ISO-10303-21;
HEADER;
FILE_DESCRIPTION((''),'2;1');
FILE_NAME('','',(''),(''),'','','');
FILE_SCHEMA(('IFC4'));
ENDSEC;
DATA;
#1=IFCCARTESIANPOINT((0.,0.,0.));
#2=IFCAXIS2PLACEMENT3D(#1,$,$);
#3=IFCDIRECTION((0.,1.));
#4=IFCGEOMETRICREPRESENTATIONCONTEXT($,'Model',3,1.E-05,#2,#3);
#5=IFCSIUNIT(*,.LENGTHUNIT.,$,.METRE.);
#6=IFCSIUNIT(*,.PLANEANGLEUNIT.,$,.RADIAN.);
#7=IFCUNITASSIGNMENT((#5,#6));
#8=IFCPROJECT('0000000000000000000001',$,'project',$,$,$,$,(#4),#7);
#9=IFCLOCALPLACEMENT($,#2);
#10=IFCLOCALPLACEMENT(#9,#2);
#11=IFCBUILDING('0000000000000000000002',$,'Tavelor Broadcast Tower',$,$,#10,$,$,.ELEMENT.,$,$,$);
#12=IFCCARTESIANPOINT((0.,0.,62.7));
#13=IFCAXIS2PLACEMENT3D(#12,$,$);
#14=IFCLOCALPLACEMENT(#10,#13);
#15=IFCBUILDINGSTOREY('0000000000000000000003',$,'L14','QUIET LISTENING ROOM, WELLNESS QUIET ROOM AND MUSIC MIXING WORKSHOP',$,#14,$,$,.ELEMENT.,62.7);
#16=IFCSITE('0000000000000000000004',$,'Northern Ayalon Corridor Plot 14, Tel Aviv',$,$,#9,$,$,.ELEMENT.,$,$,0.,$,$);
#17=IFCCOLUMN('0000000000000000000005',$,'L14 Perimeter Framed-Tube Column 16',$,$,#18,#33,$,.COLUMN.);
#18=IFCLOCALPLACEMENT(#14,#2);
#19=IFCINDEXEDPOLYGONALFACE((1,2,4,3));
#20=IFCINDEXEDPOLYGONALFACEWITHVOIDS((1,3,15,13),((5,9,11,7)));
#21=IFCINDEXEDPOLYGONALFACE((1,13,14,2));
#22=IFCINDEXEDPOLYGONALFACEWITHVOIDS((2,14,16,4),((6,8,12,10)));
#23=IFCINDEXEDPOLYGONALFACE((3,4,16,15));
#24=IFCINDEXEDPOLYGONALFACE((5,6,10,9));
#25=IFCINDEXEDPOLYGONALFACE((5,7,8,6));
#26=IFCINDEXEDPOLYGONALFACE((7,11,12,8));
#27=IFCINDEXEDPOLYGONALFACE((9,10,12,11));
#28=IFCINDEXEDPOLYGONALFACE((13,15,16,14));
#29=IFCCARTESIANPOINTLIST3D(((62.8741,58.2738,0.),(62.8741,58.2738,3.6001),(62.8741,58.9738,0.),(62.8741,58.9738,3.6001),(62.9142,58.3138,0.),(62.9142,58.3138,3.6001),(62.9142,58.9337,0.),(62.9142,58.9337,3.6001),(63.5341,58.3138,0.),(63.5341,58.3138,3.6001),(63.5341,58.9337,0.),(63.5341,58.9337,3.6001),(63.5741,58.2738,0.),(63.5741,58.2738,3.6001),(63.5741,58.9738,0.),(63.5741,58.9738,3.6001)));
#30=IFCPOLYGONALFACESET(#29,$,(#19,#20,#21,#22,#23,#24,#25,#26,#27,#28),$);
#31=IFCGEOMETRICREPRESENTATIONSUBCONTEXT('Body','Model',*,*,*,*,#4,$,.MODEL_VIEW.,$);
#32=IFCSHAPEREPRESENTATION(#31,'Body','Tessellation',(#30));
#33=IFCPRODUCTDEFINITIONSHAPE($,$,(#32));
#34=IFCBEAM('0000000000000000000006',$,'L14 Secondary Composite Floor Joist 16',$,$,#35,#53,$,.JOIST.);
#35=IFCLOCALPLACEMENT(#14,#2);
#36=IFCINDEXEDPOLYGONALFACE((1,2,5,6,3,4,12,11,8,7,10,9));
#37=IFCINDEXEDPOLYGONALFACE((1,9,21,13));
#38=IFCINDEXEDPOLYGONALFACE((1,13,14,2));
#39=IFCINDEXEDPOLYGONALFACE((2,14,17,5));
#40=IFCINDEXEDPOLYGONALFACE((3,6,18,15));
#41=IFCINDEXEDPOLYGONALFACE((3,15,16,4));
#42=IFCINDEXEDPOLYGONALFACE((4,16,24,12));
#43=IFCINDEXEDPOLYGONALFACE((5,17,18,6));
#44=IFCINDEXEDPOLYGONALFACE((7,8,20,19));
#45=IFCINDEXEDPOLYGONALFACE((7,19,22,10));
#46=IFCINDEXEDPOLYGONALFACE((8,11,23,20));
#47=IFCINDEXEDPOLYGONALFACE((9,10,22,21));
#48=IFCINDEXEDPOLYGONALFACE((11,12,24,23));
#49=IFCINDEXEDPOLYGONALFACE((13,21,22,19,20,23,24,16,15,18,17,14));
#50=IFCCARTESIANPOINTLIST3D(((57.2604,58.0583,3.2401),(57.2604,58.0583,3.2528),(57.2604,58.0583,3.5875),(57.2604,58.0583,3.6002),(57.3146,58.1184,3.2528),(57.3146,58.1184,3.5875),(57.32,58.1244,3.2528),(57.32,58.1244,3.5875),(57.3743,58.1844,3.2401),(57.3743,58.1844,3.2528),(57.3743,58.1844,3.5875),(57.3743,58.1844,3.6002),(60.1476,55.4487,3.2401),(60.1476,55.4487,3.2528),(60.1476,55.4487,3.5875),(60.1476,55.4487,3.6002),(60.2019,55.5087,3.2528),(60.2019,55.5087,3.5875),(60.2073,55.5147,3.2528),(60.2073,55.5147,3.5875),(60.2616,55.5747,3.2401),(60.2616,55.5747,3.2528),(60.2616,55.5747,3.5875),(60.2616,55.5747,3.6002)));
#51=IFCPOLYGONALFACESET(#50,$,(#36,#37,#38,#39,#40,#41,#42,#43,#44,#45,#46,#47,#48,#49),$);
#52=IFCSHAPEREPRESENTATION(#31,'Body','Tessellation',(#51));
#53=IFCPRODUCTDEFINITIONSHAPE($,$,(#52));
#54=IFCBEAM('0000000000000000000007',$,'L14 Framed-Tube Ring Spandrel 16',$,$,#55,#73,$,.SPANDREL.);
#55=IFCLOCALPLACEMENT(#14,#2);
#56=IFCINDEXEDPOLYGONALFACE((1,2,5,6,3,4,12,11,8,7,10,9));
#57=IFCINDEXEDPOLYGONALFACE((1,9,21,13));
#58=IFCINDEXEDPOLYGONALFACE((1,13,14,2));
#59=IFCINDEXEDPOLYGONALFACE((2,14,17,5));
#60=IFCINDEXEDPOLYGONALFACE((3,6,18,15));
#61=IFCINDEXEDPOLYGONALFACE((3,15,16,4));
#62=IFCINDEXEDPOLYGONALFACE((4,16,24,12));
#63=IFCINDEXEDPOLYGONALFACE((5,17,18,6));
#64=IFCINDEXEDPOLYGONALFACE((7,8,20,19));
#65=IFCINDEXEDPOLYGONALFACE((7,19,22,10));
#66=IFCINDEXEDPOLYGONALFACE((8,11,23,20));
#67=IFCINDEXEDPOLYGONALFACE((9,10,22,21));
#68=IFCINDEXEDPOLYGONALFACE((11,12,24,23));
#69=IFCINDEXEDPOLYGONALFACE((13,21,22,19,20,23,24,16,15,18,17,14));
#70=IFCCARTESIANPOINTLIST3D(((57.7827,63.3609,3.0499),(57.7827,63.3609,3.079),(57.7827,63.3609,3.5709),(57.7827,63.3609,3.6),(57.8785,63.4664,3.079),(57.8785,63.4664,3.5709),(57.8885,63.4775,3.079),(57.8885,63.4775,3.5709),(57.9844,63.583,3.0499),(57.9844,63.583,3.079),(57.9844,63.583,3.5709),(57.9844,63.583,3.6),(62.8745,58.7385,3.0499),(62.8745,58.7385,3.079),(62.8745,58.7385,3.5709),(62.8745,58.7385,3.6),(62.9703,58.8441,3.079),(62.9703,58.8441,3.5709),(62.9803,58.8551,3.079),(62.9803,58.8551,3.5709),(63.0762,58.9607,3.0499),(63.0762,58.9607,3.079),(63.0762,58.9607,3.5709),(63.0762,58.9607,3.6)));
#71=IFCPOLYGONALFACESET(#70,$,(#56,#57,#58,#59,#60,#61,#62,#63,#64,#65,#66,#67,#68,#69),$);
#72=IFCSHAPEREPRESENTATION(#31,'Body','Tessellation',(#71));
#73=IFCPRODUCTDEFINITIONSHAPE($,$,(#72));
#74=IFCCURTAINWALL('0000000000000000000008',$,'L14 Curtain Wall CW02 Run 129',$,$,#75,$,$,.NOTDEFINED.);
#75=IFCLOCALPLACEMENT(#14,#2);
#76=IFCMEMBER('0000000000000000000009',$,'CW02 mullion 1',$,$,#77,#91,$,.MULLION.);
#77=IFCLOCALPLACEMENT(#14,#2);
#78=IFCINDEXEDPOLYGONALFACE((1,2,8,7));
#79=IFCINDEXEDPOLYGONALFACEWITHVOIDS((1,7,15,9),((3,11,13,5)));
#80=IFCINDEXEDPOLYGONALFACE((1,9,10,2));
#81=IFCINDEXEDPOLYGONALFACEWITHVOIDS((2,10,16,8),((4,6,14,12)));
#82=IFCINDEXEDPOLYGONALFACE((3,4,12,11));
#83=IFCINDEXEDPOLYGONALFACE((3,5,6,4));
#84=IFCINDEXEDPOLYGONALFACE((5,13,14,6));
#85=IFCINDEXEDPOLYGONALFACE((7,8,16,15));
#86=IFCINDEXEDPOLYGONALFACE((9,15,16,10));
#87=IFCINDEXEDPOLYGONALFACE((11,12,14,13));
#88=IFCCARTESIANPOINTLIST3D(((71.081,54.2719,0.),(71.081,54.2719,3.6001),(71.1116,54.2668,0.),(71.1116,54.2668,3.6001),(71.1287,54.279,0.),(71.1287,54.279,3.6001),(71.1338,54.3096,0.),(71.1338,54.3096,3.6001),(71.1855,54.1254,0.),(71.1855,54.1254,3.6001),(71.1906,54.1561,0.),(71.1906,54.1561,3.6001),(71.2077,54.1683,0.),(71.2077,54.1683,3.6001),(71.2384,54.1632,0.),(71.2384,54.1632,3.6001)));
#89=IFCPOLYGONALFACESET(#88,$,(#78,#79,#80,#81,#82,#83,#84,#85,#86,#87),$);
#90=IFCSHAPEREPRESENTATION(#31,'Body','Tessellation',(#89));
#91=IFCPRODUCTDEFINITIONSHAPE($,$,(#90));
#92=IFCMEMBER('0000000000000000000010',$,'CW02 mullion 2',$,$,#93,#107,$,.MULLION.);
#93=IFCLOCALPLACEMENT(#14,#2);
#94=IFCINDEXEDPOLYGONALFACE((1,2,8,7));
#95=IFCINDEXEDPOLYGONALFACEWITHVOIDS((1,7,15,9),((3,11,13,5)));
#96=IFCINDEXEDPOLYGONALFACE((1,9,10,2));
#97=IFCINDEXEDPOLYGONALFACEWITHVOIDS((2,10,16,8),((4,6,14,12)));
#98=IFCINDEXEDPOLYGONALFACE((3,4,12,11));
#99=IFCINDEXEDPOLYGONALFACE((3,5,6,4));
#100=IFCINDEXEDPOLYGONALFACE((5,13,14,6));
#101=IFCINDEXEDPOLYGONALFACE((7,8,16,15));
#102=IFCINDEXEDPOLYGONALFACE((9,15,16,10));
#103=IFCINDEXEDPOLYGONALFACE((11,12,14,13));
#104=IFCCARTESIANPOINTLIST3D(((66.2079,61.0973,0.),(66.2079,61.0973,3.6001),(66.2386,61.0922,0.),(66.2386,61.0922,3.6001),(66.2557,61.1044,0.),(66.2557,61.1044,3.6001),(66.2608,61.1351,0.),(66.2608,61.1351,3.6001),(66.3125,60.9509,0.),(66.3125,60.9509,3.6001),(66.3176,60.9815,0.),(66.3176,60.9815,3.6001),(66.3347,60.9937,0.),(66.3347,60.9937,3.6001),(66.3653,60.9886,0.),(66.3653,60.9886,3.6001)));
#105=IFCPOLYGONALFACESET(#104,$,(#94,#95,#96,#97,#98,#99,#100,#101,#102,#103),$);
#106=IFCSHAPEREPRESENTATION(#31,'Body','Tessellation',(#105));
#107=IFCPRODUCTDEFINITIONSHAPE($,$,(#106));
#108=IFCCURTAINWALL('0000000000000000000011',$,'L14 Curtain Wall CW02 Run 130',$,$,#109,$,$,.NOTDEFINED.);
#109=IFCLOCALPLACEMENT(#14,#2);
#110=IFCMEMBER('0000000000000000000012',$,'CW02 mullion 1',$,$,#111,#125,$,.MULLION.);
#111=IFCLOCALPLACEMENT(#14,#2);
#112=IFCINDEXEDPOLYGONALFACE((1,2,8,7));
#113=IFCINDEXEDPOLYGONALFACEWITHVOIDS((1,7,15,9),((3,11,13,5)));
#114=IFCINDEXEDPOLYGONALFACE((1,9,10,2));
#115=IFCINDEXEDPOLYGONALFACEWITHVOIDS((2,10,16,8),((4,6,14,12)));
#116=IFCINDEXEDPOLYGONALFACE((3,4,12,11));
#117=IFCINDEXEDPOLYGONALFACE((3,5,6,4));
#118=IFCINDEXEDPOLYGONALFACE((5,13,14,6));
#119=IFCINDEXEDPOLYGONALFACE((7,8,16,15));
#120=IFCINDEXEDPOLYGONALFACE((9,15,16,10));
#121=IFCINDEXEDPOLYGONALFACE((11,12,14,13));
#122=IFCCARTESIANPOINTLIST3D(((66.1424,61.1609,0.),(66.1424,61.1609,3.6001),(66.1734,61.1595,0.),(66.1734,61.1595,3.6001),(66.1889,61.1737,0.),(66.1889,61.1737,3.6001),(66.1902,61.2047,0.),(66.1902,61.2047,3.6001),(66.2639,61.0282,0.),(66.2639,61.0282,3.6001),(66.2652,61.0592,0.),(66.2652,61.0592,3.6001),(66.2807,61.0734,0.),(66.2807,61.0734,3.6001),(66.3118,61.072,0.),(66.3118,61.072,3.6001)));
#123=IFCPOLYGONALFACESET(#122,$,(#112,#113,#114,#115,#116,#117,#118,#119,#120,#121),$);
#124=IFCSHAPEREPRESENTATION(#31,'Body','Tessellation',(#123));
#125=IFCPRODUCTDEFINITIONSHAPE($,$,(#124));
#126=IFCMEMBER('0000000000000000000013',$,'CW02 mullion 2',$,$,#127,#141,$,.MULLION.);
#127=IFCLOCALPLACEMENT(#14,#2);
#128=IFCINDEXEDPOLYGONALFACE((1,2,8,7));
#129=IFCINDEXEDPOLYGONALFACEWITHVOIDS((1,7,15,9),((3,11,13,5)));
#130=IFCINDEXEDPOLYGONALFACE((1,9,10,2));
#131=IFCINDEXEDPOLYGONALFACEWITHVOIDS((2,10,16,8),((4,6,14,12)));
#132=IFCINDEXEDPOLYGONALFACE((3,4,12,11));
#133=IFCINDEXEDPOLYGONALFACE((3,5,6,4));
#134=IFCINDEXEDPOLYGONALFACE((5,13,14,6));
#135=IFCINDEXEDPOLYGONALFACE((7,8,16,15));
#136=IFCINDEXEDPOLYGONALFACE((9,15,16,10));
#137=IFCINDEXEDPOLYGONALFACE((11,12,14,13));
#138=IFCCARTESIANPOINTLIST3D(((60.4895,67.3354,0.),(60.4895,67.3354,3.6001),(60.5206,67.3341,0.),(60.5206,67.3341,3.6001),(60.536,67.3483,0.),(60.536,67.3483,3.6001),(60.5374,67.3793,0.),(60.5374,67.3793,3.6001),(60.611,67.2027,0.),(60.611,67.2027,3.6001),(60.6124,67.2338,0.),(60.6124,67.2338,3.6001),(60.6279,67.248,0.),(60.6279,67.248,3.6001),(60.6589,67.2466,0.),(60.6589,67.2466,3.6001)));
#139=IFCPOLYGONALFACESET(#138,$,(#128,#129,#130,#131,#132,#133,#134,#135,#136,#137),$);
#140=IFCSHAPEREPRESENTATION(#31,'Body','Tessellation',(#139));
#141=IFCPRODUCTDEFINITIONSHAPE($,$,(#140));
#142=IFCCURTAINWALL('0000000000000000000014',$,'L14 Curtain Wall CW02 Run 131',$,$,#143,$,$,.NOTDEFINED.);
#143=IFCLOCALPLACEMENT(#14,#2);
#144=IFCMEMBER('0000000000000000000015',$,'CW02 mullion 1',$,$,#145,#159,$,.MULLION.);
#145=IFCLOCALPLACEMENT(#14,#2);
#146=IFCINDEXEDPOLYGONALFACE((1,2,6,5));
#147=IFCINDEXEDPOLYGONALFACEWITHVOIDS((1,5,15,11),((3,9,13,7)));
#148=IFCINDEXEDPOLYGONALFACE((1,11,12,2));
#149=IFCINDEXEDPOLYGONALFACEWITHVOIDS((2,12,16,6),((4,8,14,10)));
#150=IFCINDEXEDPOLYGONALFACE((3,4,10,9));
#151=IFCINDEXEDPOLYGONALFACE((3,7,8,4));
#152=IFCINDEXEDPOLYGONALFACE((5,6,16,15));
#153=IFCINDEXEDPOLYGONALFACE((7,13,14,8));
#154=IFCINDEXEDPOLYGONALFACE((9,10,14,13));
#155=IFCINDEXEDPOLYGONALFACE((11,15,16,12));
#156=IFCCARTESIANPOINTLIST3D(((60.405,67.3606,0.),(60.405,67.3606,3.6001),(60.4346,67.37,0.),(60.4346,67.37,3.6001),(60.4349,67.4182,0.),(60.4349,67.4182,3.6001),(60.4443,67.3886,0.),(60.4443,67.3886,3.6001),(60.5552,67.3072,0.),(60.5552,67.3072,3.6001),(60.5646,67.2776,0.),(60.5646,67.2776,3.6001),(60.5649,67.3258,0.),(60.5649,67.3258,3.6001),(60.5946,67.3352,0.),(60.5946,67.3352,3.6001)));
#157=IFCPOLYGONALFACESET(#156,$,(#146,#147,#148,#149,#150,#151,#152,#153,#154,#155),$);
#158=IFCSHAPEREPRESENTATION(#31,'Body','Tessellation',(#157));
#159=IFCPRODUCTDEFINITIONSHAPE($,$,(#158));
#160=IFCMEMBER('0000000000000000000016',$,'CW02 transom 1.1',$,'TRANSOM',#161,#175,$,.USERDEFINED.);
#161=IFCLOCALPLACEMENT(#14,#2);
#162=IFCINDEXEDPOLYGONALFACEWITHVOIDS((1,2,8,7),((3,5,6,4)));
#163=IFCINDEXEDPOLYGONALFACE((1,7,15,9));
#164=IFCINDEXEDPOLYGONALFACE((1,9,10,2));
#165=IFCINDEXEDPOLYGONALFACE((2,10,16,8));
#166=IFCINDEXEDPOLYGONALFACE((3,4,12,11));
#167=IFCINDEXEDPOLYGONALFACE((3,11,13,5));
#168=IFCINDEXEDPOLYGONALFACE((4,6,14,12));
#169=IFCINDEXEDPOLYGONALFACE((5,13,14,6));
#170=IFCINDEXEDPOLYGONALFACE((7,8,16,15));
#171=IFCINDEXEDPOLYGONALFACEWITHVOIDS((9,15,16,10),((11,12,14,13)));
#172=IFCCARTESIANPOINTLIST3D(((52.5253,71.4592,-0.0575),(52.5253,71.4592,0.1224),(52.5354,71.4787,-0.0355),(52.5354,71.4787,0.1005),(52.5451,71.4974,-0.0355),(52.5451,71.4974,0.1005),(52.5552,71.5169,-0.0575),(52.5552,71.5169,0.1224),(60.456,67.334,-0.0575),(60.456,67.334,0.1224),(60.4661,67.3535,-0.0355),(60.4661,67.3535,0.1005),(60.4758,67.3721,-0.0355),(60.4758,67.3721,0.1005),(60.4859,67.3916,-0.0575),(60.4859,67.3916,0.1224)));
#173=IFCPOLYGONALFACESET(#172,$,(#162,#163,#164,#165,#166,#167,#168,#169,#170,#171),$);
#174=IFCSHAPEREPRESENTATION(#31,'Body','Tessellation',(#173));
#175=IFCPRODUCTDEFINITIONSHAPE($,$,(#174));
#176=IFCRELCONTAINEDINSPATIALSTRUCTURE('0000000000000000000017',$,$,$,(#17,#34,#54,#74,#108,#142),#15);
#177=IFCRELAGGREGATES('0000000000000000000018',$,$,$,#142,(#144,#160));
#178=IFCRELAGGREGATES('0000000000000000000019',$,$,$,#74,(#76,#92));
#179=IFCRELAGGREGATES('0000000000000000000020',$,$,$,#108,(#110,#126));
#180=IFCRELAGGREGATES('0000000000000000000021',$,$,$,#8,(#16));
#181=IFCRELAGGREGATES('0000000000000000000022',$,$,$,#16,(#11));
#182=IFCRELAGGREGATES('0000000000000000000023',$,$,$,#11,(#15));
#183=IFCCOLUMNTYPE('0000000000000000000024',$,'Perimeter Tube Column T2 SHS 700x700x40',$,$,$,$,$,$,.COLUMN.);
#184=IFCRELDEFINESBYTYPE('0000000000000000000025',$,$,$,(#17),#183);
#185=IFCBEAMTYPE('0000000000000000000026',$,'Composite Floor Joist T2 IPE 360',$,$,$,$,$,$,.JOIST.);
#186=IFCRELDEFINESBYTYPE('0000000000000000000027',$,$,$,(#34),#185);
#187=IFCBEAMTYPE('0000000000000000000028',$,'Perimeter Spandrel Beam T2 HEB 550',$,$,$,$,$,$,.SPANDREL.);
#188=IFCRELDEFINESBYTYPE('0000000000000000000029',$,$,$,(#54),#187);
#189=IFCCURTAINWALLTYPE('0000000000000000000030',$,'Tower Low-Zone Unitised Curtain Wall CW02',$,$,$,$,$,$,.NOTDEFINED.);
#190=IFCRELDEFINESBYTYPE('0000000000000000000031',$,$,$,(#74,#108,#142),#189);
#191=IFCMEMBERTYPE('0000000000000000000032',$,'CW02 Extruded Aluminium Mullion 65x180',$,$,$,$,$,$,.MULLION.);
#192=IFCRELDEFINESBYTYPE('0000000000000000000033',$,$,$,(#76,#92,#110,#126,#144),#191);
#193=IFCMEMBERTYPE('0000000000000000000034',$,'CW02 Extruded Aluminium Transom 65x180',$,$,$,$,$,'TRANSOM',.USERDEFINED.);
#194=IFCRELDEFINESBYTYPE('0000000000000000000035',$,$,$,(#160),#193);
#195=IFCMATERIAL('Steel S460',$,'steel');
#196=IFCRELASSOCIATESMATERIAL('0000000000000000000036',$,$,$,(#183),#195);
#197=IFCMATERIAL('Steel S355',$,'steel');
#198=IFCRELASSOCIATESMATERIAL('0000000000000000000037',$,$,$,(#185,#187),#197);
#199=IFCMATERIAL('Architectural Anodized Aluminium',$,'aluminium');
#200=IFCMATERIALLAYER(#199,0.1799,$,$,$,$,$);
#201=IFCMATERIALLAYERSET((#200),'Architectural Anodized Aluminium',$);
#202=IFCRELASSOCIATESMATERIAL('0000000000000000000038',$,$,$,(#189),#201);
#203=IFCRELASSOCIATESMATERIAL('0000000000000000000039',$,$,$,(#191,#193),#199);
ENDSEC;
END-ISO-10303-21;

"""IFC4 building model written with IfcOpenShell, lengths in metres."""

from ifc_helpers import new_model, si_unit, direction, frame, origin, origin_2d, place, context, subcontext, project, spatial, hollow_rectangle, i_section, extrude, source, transform, mapped, material, layer, layer_set, material_profile, profile_set, type_object, type_shapes, element, aggregate, save


model = new_model("IFC4")

# Units and contexts
model_context = context("Model", 3, precision=1e-05, world=origin(), true_north=direction((0.0, 1.0)))
body_context = subcontext(model_context, "Body", "Model", "MODEL_VIEW")
ifc_project = project(units=[si_unit("LENGTHUNIT", "METRE"), si_unit("PLANEANGLEUNIT", "RADIAN")], contexts=[model_context])

# Site, building, storey
site_placement = place(None, origin())
site = spatial("IfcSite", under=ifc_project, at=site_placement, Name="Northern Ayalon Corridor Plot 14, Tel Aviv", CompositionType="ELEMENT", RefElevation=0.0)
building_placement = place(site_placement, origin())
building = spatial("IfcBuilding", under=site, at=building_placement, Name="Tavelor Broadcast Tower", CompositionType="ELEMENT")
storey_placement = place(building_placement, frame((0.0, 0.0, 62.7)))
storey = spatial("IfcBuildingStorey", under=building, at=storey_placement, Name="L14", Description="QUIET LISTENING ROOM, WELLNESS QUIET ROOM AND MUSIC MIXING WORKSHOP", CompositionType="ELEMENT", Elevation=62.7)

# Column
ifc_material_1 = material(Name="Steel S460", Category="steel")
ifc_material_profile_1 = material_profile(ifc_material_1, hollow_rectangle(XDim=0.7, YDim=0.7, WallThickness=0.04, at=origin_2d()), Name="SHS 700x700x40")
ifc_profile_set_1 = profile_set([ifc_material_profile_1], Name="Steel S460")
column_type = type_object("IfcColumnType", Name="Perimeter Tube Column T2 SHS 700x700x40", PredefinedType="COLUMN", material=ifc_profile_set_1)
column_placement = place(storey_placement, frame((63.2241, 58.6238, 0.0), z_axis=(0.0, 0.0, 1.0), x_axis=(1.0, 0.0, 0.0)))
element("IfcColumn", 1, at=column_placement, inside=storey, type_object=column_type, Name="L14 Perimeter Framed-Tube Column 16", PredefinedType="COLUMN", context=body_context, shape_type="SweptSolid", body=[
    extrude(hollow_rectangle(XDim=0.7, YDim=0.7, WallThickness=0.04, at=origin_2d()), origin(), (0.0, 0.0, 1.0), 3.6001),
])

# Beams
ifc_material_2 = material(Name="Steel S355", Category="steel")
ifc_material_profile_2 = material_profile(ifc_material_2, i_section(OverallWidth=0.1699, OverallDepth=0.3601, WebThickness=0.0081, FlangeThickness=0.0127, at=origin_2d()), Name="IPE 360")
ifc_profile_set_2 = profile_set([ifc_material_profile_2], Name="Steel S355")
beam_type_1 = type_object("IfcBeamType", Name="Composite Floor Joist T2 IPE 360", PredefinedType="JOIST", material=ifc_profile_set_2)
beam_1_placement = place(storey_placement, frame((60.2046, 55.5117, 3.4202), z_axis=(-0.74187, 0.670544, 0.0), x_axis=(-0.670544, -0.74187, 0.0)))
element("IfcBeam", 2, at=beam_1_placement, inside=storey, type_object=beam_type_1, Name="L14 Secondary Composite Floor Joist 16", PredefinedType="JOIST", context=body_context, shape_type="SweptSolid", body=[
    extrude(i_section(OverallWidth=0.1699, OverallDepth=0.3601, WebThickness=0.0081, FlangeThickness=0.0127, at=origin_2d()), origin(), (0.0, 0.0, 1.0), 3.8918),
])
ifc_material_profile_3 = material_profile(ifc_material_2, i_section(OverallWidth=0.3, OverallDepth=0.55, WebThickness=0.0149, FlangeThickness=0.0291, at=origin_2d()), Name="HEB 550")
ifc_profile_set_3 = profile_set([ifc_material_profile_3], Name="Steel S355")
beam_type_2 = type_object("IfcBeamType", Name="Perimeter Spandrel Beam T2 HEB 550", PredefinedType="SPANDREL", material=ifc_profile_set_3)
beam_2_placement = place(storey_placement, frame((62.9753, 58.8496, 3.325), z_axis=(-0.740417, 0.672148, 0.0), x_axis=(-0.672148, -0.740417, 0.0)))
element("IfcBeam", 3, at=beam_2_placement, inside=storey, type_object=beam_type_2, Name="L14 Framed-Tube Ring Spandrel 16", PredefinedType="SPANDREL", context=body_context, shape_type="SweptSolid", body=[
    extrude(i_section(OverallWidth=0.3, OverallDepth=0.55, WebThickness=0.0149, FlangeThickness=0.0291, at=origin_2d()), origin(), (0.0, 0.0, 1.0), 6.877),
])

# Curtain walls, members
ifc_material_3 = material(Name="Architectural Anodized Aluminium", Category="aluminium")
ifc_layer_1 = layer(ifc_material_3, 0.1799)
ifc_layer_set_1 = layer_set([ifc_layer_1], Name="Architectural Anodized Aluminium")
curtain_wall_type = type_object("IfcCurtainWallType", Name="Tower Low-Zone Unitised Curtain Wall CW02", PredefinedType="NOTDEFINED", material=ifc_layer_set_1)
curtain_wall_1_placement = place(storey_placement, origin())
curtain_wall_1 = element("IfcCurtainWall", 4, at=curtain_wall_1_placement, inside=storey, type_object=curtain_wall_type, Name="L14 Curtain Wall CW02 Run 129", PredefinedType="NOTDEFINED")
ifc_material_profile_4 = material_profile(ifc_material_3, hollow_rectangle(XDim=0.0649, YDim=0.1799, WallThickness=0.022, at=origin_2d()), Name="RHS 65x180x22")
ifc_profile_set_4 = profile_set([ifc_material_profile_4], Name="Architectural Anodized Aluminium")
member_type_1 = type_object("IfcMemberType", Name="CW02 Extruded Aluminium Mullion 65x180", PredefinedType="MULLION", material=ifc_profile_set_4)
shared_shape_1 = source(origin(), body_context, "Body", "SweptSolid", [
    extrude(hollow_rectangle(XDim=0.0649, YDim=0.1799, WallThickness=0.022, at=origin_2d()), origin(), (0.0, 0.0, 1.0), 3.6001),
])
type_shapes(member_type_1, [shared_shape_1])
member_1_placement = place(storey_placement, frame((71.1597, 54.2175, 0.0), z_axis=(0.0, 0.0, 1.0), x_axis=(-0.813858, -0.581064, 0.0)))
member_1 = element("IfcMember", 5, at=member_1_placement, type_object=member_type_1, Name="CW02 mullion 1", PredefinedType="MULLION", context=body_context, shape_type="MappedRepresentation", body=[
    mapped(shared_shape_1, transform((0.0, 0.0, 0.0), scale=1.0)),
])
member_2_placement = place(storey_placement, frame((66.2866, 61.043, 0.0), z_axis=(0.0, 0.0, 1.0), x_axis=(-0.813858, -0.581064, 0.0)))
member_2 = element("IfcMember", 6, at=member_2_placement, type_object=member_type_1, Name="CW02 mullion 2", PredefinedType="MULLION", context=body_context, shape_type="MappedRepresentation", body=[
    mapped(shared_shape_1, transform((0.0, 0.0, 0.0), scale=1.0)),
])
curtain_wall_2_placement = place(storey_placement, origin())
curtain_wall_2 = element("IfcCurtainWall", 7, at=curtain_wall_2_placement, inside=storey, type_object=curtain_wall_type, Name="L14 Curtain Wall CW02 Run 130", PredefinedType="NOTDEFINED")
member_3_placement = place(storey_placement, frame((66.2271, 61.1165, 0.0), z_axis=(0.0, 0.0, 1.0), x_axis=(-0.737571, -0.675269, 0.0)))
member_3 = element("IfcMember", 8, at=member_3_placement, type_object=member_type_1, Name="CW02 mullion 1", PredefinedType="MULLION", context=body_context, shape_type="MappedRepresentation", body=[
    mapped(shared_shape_1, transform((0.0, 0.0, 0.0), scale=1.0)),
])
member_4_placement = place(storey_placement, frame((60.5742, 67.291, 0.0), z_axis=(0.0, 0.0, 1.0), x_axis=(-0.737571, -0.675269, 0.0)))
member_4 = element("IfcMember", 9, at=member_4_placement, type_object=member_type_1, Name="CW02 mullion 2", PredefinedType="MULLION", context=body_context, shape_type="MappedRepresentation", body=[
    mapped(shared_shape_1, transform((0.0, 0.0, 0.0), scale=1.0)),
])
curtain_wall_3_placement = place(storey_placement, origin())
curtain_wall_3 = element("IfcCurtainWall", 10, at=curtain_wall_3_placement, inside=storey, type_object=curtain_wall_type, Name="L14 Curtain Wall CW02 Run 131", PredefinedType="NOTDEFINED")
member_5_placement = place(storey_placement, frame((60.4998, 67.3479, 0.0), z_axis=(0.0, 0.0, 1.0), x_axis=(-0.461451, -0.887166, 0.0)))
member_5 = element("IfcMember", 11, at=member_5_placement, type_object=member_type_1, Name="CW02 mullion 1", PredefinedType="MULLION", context=body_context, shape_type="MappedRepresentation", body=[
    mapped(shared_shape_1, transform((0.0, 0.0, 0.0), scale=1.0)),
])
ifc_material_profile_5 = material_profile(ifc_material_3, hollow_rectangle(XDim=0.0649, YDim=0.1799, WallThickness=0.022, at=origin_2d()), Name="RHS 65x180x22")
ifc_profile_set_5 = profile_set([ifc_material_profile_5], Name="Architectural Anodized Aluminium")
member_type_2 = type_object("IfcMemberType", Name="CW02 Extruded Aluminium Transom 65x180", ElementType="TRANSOM", PredefinedType="USERDEFINED", material=ifc_profile_set_5)
shared_shape_2 = source(origin(), body_context, "Body", "SweptSolid", [
    extrude(hollow_rectangle(XDim=0.0649, YDim=0.1799, WallThickness=0.022, at=origin_2d()), origin(), (0.0, 0.0, 1.0), 8.9395),
])
member_6_placement = place(storey_placement, frame((60.4709, 67.3628, 0.0325), z_axis=(-0.887157, 0.461467, 0.0), x_axis=(-0.461467, -0.887157, 0.0)))
member_6 = element("IfcMember", 12, at=member_6_placement, type_object=member_type_2, Name="CW02 transom 1.1", ObjectType="TRANSOM", PredefinedType="USERDEFINED", context=body_context, shape_type="MappedRepresentation", body=[
    mapped(shared_shape_2, transform((0.0, 0.0, 0.0), scale=1.0)),
])
aggregate(curtain_wall_3, [member_5, member_6])

aggregate(curtain_wall_1, [member_1, member_2])
aggregate(curtain_wall_2, [member_3, member_4])

save(model, "model.ifc")
